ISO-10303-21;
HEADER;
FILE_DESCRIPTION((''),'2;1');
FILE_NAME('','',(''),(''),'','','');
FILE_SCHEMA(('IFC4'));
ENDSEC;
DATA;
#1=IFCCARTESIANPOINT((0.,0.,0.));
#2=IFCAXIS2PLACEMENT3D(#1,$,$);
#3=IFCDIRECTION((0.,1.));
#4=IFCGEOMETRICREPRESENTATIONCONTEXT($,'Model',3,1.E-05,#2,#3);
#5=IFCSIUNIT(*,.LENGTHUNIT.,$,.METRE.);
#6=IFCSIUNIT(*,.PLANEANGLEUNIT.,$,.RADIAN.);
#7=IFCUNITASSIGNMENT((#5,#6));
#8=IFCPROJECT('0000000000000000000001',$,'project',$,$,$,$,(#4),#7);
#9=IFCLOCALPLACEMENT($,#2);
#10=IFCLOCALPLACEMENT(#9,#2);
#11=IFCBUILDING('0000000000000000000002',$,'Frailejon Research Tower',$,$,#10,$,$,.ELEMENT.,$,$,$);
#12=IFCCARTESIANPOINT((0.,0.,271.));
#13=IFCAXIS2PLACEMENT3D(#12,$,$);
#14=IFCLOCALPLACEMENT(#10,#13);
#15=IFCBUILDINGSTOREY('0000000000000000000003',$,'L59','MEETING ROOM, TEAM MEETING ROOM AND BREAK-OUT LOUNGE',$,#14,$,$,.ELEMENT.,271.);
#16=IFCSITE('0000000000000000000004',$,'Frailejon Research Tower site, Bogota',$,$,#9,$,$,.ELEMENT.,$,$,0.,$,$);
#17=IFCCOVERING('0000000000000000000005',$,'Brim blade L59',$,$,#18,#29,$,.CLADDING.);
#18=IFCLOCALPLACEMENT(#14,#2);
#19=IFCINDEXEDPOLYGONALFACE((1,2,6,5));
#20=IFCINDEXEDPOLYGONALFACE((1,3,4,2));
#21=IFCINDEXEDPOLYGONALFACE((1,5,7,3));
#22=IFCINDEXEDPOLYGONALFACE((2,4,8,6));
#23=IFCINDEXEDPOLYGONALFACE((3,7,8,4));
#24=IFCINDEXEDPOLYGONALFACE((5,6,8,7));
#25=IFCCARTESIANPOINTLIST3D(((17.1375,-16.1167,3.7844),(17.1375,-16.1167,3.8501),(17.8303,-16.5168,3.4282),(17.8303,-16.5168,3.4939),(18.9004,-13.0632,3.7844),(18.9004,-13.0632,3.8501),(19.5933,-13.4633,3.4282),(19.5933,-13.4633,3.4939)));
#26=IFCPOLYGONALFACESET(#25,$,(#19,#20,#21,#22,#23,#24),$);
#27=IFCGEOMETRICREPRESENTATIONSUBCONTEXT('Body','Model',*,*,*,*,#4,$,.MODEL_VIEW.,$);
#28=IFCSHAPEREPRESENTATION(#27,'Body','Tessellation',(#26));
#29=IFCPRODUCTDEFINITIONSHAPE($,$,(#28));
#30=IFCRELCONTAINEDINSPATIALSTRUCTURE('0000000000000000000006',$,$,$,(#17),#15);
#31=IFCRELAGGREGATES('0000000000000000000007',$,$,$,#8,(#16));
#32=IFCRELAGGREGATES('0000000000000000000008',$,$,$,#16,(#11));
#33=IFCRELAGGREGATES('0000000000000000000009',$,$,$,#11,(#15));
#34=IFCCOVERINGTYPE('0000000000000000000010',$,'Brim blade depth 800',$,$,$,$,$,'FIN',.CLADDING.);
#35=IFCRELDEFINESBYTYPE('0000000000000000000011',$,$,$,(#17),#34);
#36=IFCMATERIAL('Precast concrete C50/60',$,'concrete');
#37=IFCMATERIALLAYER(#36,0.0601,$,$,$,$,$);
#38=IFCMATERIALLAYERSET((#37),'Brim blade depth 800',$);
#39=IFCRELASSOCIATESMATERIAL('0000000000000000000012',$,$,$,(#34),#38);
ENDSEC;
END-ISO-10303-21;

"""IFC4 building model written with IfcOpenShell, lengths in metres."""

from ifc_helpers import new_model, si_unit, direction, frame, origin, place, context, subcontext, project, spatial, polyline, outline, extrude, material, layer, layer_set, type_object, element, save


model = new_model("IFC4")

# Units and contexts
model_context = context("Model", 3, precision=1e-05, world=origin(), true_north=direction((0.0, 1.0)))
body_context = subcontext(model_context, "Body", "Model", "MODEL_VIEW")
ifc_project = project(units=[si_unit("LENGTHUNIT", "METRE"), si_unit("PLANEANGLEUNIT", "RADIAN")], contexts=[model_context])

# Site, building, storey
site_placement = place(None, origin())
site = spatial("IfcSite", under=ifc_project, at=site_placement, Name="Frailejon Research Tower site, Bogota", CompositionType="ELEMENT", RefElevation=0.0)
building_placement = place(site_placement, origin())
building = spatial("IfcBuilding", under=site, at=building_placement, Name="Frailejon Research Tower", CompositionType="ELEMENT")
storey_placement = place(building_placement, frame((0.0, 0.0, 271.0)))
storey = spatial("IfcBuildingStorey", under=building, at=storey_placement, Name="L59", Description="MEETING ROOM, TEAM MEETING ROOM AND BREAK-OUT LOUNGE", CompositionType="ELEMENT", Elevation=271.0)

# Covering
ifc_material_1 = material(Name="Precast concrete C50/60", Category="concrete")
ifc_layer_1 = layer(ifc_material_1, 0.0601)
ifc_layer_set_1 = layer_set([ifc_layer_1], Name="Brim blade depth 800")
covering_type_1 = type_object("IfcCoveringType", Name="Brim blade depth 800", ElementType="FIN", PredefinedType="CLADDING", material=ifc_layer_set_1)
covering_1_placement = place(storey_placement, frame((18.9004, -13.0632, 3.8501), z_axis=(-0.499992, -0.86603, 0.0), x_axis=(0.86603, -0.499992, 0.0)))
element("IfcCovering", 1, at=covering_1_placement, inside=storey, type_object=covering_type_1, Name="Brim blade L59", PredefinedType="CLADDING", context=body_context, shape_type="SweptSolid", body=[
    extrude(outline(polyline([(0.0, -0.0657), (0.8, -0.4219), (0.8, -0.3562), (0.0, 0.0), (0.0, -0.0657)])), origin(), (0.0, 0.0, 1.0), 3.5259),
])

save(model, "model.ifc")
